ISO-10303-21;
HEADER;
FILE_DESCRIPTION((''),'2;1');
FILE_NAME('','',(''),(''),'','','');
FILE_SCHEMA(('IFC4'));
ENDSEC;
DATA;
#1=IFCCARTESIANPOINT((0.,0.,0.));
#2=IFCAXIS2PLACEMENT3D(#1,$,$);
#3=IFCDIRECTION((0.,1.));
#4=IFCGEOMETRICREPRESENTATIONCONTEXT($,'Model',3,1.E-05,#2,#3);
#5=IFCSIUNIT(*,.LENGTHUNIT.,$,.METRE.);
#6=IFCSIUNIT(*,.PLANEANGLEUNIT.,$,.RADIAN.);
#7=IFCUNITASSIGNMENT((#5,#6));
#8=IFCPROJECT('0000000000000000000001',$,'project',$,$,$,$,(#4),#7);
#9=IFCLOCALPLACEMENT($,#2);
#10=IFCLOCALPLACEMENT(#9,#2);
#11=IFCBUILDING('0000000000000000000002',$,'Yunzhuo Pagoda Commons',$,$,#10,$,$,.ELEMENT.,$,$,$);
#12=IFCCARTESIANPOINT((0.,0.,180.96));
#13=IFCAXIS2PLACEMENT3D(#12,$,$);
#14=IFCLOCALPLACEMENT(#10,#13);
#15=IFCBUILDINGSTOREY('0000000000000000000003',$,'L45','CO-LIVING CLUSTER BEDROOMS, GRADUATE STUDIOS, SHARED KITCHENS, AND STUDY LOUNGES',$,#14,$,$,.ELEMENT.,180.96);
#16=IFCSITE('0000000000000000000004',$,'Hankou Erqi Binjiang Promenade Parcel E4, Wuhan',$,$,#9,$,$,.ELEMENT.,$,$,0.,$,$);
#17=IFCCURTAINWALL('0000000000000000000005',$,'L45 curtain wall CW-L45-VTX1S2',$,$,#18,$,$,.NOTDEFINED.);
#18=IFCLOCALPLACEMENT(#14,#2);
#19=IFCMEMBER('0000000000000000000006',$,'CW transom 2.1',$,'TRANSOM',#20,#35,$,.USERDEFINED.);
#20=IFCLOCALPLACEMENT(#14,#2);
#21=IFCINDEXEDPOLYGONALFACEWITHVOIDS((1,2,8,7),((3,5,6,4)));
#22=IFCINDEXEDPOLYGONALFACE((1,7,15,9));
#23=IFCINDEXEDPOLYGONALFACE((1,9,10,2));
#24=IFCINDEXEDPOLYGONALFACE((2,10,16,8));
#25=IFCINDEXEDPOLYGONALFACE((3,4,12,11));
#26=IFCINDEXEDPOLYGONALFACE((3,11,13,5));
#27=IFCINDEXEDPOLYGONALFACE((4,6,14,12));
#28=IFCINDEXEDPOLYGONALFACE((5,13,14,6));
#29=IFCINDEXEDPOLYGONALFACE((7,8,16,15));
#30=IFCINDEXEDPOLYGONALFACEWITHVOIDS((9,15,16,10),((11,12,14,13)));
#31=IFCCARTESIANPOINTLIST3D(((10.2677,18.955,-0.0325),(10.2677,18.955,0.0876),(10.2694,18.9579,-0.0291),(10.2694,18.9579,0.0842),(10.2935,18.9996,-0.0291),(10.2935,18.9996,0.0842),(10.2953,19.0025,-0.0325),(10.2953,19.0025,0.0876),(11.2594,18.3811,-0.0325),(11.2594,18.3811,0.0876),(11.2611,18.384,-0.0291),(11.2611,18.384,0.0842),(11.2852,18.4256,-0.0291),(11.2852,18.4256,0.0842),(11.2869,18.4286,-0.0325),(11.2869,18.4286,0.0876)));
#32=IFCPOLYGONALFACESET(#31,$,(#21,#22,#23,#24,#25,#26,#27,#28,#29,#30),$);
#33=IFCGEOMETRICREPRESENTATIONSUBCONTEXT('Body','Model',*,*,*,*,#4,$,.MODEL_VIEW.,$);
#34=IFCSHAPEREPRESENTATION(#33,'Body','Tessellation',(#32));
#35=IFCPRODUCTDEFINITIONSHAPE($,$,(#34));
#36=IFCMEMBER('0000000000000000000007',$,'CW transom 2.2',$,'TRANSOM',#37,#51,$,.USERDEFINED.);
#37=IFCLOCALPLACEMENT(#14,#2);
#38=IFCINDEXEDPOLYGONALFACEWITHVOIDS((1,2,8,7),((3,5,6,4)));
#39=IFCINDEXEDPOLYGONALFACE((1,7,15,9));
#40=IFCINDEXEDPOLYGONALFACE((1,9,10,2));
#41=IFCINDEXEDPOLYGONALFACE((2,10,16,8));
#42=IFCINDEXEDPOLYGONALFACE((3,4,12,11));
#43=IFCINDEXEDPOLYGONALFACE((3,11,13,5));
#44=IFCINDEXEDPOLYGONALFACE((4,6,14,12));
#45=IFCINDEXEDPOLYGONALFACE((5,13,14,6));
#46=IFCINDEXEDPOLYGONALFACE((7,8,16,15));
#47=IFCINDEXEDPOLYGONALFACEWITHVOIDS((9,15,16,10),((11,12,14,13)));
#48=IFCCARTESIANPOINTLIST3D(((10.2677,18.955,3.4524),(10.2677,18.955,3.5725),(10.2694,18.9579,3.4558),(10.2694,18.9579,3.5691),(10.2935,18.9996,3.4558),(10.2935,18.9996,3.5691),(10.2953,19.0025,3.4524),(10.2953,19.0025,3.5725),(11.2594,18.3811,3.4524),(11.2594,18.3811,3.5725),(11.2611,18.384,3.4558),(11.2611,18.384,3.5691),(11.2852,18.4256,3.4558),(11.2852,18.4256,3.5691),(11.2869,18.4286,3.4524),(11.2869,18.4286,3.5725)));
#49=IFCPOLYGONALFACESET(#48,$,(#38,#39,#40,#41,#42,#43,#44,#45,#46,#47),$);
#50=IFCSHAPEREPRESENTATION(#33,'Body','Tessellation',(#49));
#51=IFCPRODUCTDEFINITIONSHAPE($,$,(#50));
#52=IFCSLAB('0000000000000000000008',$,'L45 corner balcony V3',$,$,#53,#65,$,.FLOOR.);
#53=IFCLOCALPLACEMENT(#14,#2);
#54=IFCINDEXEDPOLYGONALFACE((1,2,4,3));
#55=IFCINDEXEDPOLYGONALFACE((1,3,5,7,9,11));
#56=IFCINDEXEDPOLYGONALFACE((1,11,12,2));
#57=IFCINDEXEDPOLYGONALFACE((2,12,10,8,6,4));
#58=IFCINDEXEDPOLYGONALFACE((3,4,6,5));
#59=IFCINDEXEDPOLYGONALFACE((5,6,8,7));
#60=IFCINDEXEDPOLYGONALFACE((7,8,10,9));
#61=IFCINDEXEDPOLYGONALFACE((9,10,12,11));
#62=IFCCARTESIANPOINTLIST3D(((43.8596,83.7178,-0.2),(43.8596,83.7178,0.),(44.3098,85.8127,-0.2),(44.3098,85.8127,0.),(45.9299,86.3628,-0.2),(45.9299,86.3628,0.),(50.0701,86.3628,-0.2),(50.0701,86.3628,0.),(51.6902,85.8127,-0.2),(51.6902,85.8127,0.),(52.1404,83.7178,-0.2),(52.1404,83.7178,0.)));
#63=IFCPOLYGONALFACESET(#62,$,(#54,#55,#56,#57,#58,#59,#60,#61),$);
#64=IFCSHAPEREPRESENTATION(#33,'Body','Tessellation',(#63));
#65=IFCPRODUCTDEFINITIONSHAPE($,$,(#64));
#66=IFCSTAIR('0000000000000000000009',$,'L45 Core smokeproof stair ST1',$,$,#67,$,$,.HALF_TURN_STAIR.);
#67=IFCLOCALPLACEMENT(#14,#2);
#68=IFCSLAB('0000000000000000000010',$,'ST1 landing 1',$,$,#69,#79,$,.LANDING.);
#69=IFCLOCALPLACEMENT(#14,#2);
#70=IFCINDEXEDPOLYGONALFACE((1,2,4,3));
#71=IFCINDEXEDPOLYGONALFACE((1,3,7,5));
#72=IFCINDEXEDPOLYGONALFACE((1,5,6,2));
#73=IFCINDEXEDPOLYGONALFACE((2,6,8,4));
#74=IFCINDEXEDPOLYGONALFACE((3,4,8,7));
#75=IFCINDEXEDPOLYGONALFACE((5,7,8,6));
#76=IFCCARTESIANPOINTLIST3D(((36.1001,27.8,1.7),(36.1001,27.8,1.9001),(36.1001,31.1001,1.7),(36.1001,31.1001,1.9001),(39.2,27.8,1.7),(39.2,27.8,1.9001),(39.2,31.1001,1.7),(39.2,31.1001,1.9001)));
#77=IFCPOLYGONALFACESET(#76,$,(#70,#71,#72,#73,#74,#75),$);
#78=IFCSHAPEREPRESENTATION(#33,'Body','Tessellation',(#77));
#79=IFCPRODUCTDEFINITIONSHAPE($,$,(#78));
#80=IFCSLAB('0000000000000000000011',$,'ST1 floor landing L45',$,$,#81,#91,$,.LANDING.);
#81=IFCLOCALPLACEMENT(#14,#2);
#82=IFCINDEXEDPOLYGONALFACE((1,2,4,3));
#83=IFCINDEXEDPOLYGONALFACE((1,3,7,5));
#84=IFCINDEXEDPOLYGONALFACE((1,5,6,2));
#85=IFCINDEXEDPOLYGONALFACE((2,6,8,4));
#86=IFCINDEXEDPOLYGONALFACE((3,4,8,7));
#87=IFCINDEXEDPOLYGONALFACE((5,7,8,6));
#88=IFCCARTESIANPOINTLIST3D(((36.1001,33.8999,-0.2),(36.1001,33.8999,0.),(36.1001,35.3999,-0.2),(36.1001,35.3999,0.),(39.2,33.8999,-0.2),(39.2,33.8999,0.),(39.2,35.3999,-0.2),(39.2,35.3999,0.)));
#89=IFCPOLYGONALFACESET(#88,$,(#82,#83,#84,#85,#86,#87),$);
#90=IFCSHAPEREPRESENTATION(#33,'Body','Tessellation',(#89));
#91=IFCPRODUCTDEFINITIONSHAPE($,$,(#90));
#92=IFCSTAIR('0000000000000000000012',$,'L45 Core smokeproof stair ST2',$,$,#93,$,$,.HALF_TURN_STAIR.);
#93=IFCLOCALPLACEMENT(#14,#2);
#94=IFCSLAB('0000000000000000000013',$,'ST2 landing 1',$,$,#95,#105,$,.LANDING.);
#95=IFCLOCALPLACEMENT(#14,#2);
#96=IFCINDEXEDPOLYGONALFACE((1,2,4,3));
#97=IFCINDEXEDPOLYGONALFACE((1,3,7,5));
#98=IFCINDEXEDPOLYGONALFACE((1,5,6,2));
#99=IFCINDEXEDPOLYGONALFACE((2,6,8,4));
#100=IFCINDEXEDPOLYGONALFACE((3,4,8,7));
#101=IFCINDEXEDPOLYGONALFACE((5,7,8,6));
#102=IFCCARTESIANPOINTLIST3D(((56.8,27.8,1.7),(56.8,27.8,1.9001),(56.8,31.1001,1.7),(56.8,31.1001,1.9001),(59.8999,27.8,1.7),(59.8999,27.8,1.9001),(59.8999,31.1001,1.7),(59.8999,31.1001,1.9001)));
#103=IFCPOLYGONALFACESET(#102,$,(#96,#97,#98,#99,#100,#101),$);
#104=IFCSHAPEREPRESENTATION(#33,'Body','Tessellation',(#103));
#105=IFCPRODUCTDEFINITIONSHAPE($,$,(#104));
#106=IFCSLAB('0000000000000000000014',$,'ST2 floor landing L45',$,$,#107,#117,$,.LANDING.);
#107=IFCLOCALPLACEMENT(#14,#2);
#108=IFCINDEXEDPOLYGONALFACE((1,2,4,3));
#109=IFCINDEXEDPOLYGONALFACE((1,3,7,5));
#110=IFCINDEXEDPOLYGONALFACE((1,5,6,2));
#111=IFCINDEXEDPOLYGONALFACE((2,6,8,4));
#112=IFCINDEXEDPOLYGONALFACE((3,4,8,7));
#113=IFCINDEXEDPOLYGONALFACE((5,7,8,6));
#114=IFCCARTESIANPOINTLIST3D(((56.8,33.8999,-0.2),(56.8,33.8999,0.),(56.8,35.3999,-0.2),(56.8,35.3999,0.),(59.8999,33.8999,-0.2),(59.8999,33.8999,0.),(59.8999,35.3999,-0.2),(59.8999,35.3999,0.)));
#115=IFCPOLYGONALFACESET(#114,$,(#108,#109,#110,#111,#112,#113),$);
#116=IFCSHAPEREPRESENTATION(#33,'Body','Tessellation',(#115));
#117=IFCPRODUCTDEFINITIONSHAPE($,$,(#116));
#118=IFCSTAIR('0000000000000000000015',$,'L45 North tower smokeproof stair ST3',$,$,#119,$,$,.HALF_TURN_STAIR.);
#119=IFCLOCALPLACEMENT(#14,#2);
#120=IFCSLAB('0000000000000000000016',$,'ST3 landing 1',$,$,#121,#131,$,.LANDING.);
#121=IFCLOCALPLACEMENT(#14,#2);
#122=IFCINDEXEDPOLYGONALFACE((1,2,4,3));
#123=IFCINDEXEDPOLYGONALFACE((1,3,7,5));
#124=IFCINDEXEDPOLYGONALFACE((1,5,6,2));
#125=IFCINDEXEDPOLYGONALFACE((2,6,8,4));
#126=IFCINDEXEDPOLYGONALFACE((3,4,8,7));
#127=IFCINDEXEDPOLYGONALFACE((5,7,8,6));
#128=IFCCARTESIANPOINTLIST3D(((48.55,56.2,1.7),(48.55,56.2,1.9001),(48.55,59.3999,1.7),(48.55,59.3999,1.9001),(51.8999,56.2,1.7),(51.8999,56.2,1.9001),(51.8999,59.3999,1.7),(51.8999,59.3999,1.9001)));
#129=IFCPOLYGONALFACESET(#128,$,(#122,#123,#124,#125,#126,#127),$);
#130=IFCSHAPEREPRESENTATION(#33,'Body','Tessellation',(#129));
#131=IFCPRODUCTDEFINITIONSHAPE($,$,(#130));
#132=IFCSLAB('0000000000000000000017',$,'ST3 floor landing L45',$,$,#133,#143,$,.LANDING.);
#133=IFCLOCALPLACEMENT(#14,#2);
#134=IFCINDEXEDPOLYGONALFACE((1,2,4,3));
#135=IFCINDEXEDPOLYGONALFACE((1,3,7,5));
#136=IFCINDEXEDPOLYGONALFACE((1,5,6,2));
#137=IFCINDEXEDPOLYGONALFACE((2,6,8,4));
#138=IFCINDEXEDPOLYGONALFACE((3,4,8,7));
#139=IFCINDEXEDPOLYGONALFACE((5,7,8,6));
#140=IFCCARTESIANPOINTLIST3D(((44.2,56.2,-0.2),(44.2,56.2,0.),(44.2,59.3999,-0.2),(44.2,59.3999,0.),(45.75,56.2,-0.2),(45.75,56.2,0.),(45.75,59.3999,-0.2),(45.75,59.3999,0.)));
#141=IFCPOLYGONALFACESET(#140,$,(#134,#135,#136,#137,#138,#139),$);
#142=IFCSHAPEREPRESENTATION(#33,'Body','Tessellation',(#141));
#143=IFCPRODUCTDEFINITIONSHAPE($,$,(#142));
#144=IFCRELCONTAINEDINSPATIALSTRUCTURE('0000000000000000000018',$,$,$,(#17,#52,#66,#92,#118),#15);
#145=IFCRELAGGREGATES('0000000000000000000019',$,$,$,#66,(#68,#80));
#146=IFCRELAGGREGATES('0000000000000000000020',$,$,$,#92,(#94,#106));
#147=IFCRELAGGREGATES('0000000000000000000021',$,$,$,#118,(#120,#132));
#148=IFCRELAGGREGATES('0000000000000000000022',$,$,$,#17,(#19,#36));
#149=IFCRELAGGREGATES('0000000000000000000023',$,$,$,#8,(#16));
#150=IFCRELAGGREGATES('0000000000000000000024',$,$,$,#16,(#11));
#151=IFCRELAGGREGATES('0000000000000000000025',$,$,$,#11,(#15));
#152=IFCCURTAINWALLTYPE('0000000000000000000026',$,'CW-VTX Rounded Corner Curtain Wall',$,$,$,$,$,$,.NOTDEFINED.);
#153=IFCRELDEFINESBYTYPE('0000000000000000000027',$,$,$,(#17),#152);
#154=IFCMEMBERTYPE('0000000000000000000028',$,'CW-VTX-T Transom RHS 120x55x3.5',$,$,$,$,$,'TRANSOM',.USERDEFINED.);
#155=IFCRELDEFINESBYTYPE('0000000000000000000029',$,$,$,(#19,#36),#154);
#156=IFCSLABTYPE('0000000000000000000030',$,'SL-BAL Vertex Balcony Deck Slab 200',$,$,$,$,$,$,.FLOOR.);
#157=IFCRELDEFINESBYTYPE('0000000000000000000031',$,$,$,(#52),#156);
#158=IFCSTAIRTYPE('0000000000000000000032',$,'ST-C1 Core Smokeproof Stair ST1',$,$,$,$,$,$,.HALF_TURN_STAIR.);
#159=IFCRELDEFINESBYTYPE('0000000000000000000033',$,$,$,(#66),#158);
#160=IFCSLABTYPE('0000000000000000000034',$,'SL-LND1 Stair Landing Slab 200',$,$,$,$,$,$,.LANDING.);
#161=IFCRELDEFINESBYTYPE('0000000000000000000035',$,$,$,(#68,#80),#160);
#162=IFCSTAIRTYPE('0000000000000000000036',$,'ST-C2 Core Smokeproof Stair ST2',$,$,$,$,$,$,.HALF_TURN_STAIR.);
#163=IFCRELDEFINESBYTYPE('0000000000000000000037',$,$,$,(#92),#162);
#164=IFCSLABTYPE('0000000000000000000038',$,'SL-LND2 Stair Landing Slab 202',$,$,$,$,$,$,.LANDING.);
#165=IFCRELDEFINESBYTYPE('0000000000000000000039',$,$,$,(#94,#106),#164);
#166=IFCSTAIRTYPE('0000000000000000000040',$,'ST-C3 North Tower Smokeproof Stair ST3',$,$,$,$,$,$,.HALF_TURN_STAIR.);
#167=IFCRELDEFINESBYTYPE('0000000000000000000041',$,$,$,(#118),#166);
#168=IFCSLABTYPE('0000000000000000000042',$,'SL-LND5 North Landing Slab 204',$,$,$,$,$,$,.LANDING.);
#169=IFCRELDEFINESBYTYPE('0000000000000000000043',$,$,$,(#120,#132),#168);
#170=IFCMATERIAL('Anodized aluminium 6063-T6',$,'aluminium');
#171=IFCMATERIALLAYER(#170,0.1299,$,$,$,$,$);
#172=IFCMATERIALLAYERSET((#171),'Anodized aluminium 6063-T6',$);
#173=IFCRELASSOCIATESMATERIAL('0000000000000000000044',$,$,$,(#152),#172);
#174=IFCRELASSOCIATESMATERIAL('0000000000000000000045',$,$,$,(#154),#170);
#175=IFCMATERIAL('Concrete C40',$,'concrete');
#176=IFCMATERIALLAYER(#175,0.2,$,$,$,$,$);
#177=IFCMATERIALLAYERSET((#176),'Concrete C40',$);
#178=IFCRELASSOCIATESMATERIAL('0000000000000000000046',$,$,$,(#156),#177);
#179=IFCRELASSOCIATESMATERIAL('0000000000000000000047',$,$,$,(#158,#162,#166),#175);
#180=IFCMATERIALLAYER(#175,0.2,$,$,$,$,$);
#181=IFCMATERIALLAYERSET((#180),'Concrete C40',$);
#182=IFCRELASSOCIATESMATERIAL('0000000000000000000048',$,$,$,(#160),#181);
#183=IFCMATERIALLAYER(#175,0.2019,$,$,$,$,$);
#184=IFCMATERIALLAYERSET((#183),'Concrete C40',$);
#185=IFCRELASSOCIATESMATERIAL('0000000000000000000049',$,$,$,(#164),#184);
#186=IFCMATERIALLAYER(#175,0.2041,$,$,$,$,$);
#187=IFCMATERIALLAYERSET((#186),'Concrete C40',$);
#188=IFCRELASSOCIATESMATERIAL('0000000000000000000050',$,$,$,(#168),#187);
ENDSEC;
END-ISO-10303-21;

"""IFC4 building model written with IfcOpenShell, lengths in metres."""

from ifc_helpers import new_model, si_unit, direction, frame, origin, origin_2d, place, context, subcontext, project, spatial, polyline, hollow_rectangle, outline, extrude, source, transform, mapped, material, layer, layer_set, material_profile, profile_set, type_object, element, aggregate, save


model = new_model("IFC4")

# Units and contexts
model_context = context("Model", 3, precision=1e-05, world=origin(), true_north=direction((0.0, 1.0)))
body_context = subcontext(model_context, "Body", "Model", "MODEL_VIEW")
ifc_project = project(units=[si_unit("LENGTHUNIT", "METRE"), si_unit("PLANEANGLEUNIT", "RADIAN")], contexts=[model_context])

# Site, building, storey
site_placement = place(None, origin())
site = spatial("IfcSite", under=ifc_project, at=site_placement, Name="Hankou Erqi Binjiang Promenade Parcel E4, Wuhan", CompositionType="ELEMENT", RefElevation=0.0)
building_placement = place(site_placement, origin())
building = spatial("IfcBuilding", under=site, at=building_placement, Name="Yunzhuo Pagoda Commons", CompositionType="ELEMENT")
storey_placement = place(building_placement, frame((0.0, 0.0, 180.96)))
storey = spatial("IfcBuildingStorey", under=building, at=storey_placement, Name="L45", Description="CO-LIVING CLUSTER BEDROOMS, GRADUATE STUDIOS, SHARED KITCHENS, AND STUDY LOUNGES", CompositionType="ELEMENT", Elevation=180.96)

# Curtain wall
ifc_material_1 = material(Name="Anodized aluminium 6063-T6", Category="aluminium")
ifc_layer_1 = layer(ifc_material_1, 0.1299)
ifc_layer_set_1 = layer_set([ifc_layer_1], Name="Anodized aluminium 6063-T6")
curtain_wall_type_1 = type_object("IfcCurtainWallType", Name="CW-VTX Rounded Corner Curtain Wall", PredefinedType="NOTDEFINED", material=ifc_layer_set_1)
curtain_wall_1_placement = place(storey_placement, origin())
curtain_wall_1 = element("IfcCurtainWall", 1, at=curtain_wall_1_placement, inside=storey, type_object=curtain_wall_type_1, Name="L45 curtain wall CW-L45-VTX1S2", PredefinedType="NOTDEFINED")

# Members
ifc_material_profile_1 = material_profile(ifc_material_1, hollow_rectangle(XDim=0.0549, YDim=0.1201, WallThickness=0.0034, at=origin_2d()), Name="Anodized aluminium 6063-T6")
ifc_profile_set_1 = profile_set([ifc_material_profile_1], Name="Anodized aluminium 6063-T6")
member_type_1 = type_object("IfcMemberType", Name="CW-VTX-T Transom RHS 120x55x3.5", ElementType="TRANSOM", PredefinedType="USERDEFINED", material=ifc_profile_set_1)
shared_shape_1 = source(origin(), body_context, "Body", "SweptSolid", [
    extrude(hollow_rectangle(XDim=0.0549, YDim=0.1201, WallThickness=0.0034, at=origin_2d()), origin(), (0.0, 0.0, 1.0), 1.1458),
])
member_1_placement = place(storey_placement, frame((10.2815, 18.9788, 0.0276), z_axis=(0.865489, -0.500927, 0.0), x_axis=(0.500927, 0.865489, 0.0)))
member_1 = element("IfcMember", 2, at=member_1_placement, type_object=member_type_1, Name="CW transom 2.1", ObjectType="TRANSOM", PredefinedType="USERDEFINED", context=body_context, shape_type="MappedRepresentation", body=[
    mapped(shared_shape_1, transform((0.0, 0.0, 0.0), scale=1.0)),
])
member_2_placement = place(storey_placement, frame((10.2815, 18.9788, 3.5125), z_axis=(0.865489, -0.500927, 0.0), x_axis=(0.500927, 0.865489, 0.0)))
member_2 = element("IfcMember", 3, at=member_2_placement, type_object=member_type_1, Name="CW transom 2.2", ObjectType="TRANSOM", PredefinedType="USERDEFINED", context=body_context, shape_type="MappedRepresentation", body=[
    mapped(shared_shape_1, transform((0.0, 0.0, 0.0), scale=1.0)),
])

# Slab
ifc_material_2 = material(Name="Concrete C40", Category="concrete")
ifc_layer_2 = layer(ifc_material_2, 0.2)
ifc_layer_set_2 = layer_set([ifc_layer_2], Name="Concrete C40")
slab_type_1 = type_object("IfcSlabType", Name="SL-BAL Vertex Balcony Deck Slab 200", PredefinedType="FLOOR", material=ifc_layer_set_2)
slab_1_placement = place(storey_placement, frame((0.0, 0.0, -0.2)))
element("IfcSlab", 4, at=slab_1_placement, inside=storey, type_object=slab_type_1, Name="L45 corner balcony V3", PredefinedType="FLOOR", context=body_context, shape_type="SweptSolid", body=[
    extrude(outline(polyline([(52.1404, 83.7178), (43.8596, 83.7178), (44.3098, 85.8127), (45.9299, 86.3628), (50.0701, 86.3628), (51.6902, 85.8127), (52.1404, 83.7178)])), origin(), (0.0, 0.0, 1.0), 0.2),
])

# Stairs, slabs
stair_type_1 = type_object("IfcStairType", Name="ST-C1 Core Smokeproof Stair ST1", PredefinedType="HALF_TURN_STAIR", material=ifc_material_2)
stair_1_placement = place(storey_placement, origin())
stair_1 = element("IfcStair", 5, at=stair_1_placement, inside=storey, type_object=stair_type_1, Name="L45 Core smokeproof stair ST1", PredefinedType="HALF_TURN_STAIR")
ifc_layer_3 = layer(ifc_material_2, 0.2)
ifc_layer_set_3 = layer_set([ifc_layer_3], Name="Concrete C40")
slab_type_2 = type_object("IfcSlabType", Name="SL-LND1 Stair Landing Slab 200", PredefinedType="LANDING", material=ifc_layer_set_3)
slab_2_placement = place(storey_placement, frame((0.0, 0.0, 1.7)))
slab_2 = element("IfcSlab", 6, at=slab_2_placement, type_object=slab_type_2, Name="ST1 landing 1", PredefinedType="LANDING", context=body_context, shape_type="SweptSolid", body=[
    extrude(outline(polyline([(36.1001, 31.1001), (36.1001, 27.8), (39.2, 27.8), (39.2, 31.1001), (36.1001, 31.1001)])), origin(), (0.0, 0.0, 1.0), 0.2002),
])
slab_3_placement = place(storey_placement, frame((0.0, 0.0, -0.2)))
slab_3 = element("IfcSlab", 7, at=slab_3_placement, type_object=slab_type_2, Name="ST1 floor landing L45", PredefinedType="LANDING", context=body_context, shape_type="SweptSolid", body=[
    extrude(outline(polyline([(36.1001, 35.3999), (36.1001, 33.8999), (39.2, 33.8999), (39.2, 35.3999), (36.1001, 35.3999)])), origin(), (0.0, 0.0, 1.0), 0.2),
])
aggregate(stair_1, [slab_2, slab_3])
stair_type_2 = type_object("IfcStairType", Name="ST-C2 Core Smokeproof Stair ST2", PredefinedType="HALF_TURN_STAIR", material=ifc_material_2)
stair_2_placement = place(storey_placement, origin())
stair_2 = element("IfcStair", 8, at=stair_2_placement, inside=storey, type_object=stair_type_2, Name="L45 Core smokeproof stair ST2", PredefinedType="HALF_TURN_STAIR")
ifc_layer_4 = layer(ifc_material_2, 0.2019)
ifc_layer_set_4 = layer_set([ifc_layer_4], Name="Concrete C40")
slab_type_3 = type_object("IfcSlabType", Name="SL-LND2 Stair Landing Slab 202", PredefinedType="LANDING", material=ifc_layer_set_4)
slab_4_placement = place(storey_placement, frame((0.0, 0.0, 1.7)))
slab_4 = element("IfcSlab", 9, at=slab_4_placement, type_object=slab_type_3, Name="ST2 landing 1", PredefinedType="LANDING", context=body_context, shape_type="SweptSolid", body=[
    extrude(outline(polyline([(56.8, 31.1001), (56.8, 27.8), (59.8999, 27.8), (59.8999, 31.1001), (56.8, 31.1001)])), origin(), (0.0, 0.0, 1.0), 0.2002),
])
slab_5_placement = place(storey_placement, frame((0.0, 0.0, -0.2)))
slab_5 = element("IfcSlab", 10, at=slab_5_placement, type_object=slab_type_3, Name="ST2 floor landing L45", PredefinedType="LANDING", context=body_context, shape_type="SweptSolid", body=[
    extrude(outline(polyline([(56.8, 35.3999), (56.8, 33.8999), (59.8999, 33.8999), (59.8999, 35.3999), (56.8, 35.3999)])), origin(), (0.0, 0.0, 1.0), 0.2),
])
aggregate(stair_2, [slab_4, slab_5])
stair_type_3 = type_object("IfcStairType", Name="ST-C3 North Tower Smokeproof Stair ST3", PredefinedType="HALF_TURN_STAIR", material=ifc_material_2)
stair_3_placement = place(storey_placement, origin())
stair_3 = element("IfcStair", 11, at=stair_3_placement, inside=storey, type_object=stair_type_3, Name="L45 North tower smokeproof stair ST3", PredefinedType="HALF_TURN_STAIR")
ifc_layer_5 = layer(ifc_material_2, 0.2041)
ifc_layer_set_5 = layer_set([ifc_layer_5], Name="Concrete C40")
slab_type_4 = type_object("IfcSlabType", Name="SL-LND5 North Landing Slab 204", PredefinedType="LANDING", material=ifc_layer_set_5)
slab_6_placement = place(storey_placement, frame((0.0, 0.0, 1.7)))
slab_6 = element("IfcSlab", 12, at=slab_6_placement, type_object=slab_type_4, Name="ST3 landing 1", PredefinedType="LANDING", context=body_context, shape_type="SweptSolid", body=[
    extrude(outline(polyline([(48.55, 56.2), (51.8999, 56.2), (51.8999, 59.3999), (48.55, 59.3999), (48.55, 56.2)])), origin(), (0.0, 0.0, 1.0), 0.2002),
])
slab_7_placement = place(storey_placement, frame((0.0, 0.0, -0.2)))
slab_7 = element("IfcSlab", 13, at=slab_7_placement, type_object=slab_type_4, Name="ST3 floor landing L45", PredefinedType="LANDING", context=body_context, shape_type="SweptSolid", body=[
    extrude(outline(polyline([(44.2, 56.2), (45.75, 56.2), (45.75, 59.3999), (44.2, 59.3999), (44.2, 56.2)])), origin(), (0.0, 0.0, 1.0), 0.2),
])
aggregate(stair_3, [slab_6, slab_7])

aggregate(curtain_wall_1, [member_1, member_2])

save(model, "model.ifc")
